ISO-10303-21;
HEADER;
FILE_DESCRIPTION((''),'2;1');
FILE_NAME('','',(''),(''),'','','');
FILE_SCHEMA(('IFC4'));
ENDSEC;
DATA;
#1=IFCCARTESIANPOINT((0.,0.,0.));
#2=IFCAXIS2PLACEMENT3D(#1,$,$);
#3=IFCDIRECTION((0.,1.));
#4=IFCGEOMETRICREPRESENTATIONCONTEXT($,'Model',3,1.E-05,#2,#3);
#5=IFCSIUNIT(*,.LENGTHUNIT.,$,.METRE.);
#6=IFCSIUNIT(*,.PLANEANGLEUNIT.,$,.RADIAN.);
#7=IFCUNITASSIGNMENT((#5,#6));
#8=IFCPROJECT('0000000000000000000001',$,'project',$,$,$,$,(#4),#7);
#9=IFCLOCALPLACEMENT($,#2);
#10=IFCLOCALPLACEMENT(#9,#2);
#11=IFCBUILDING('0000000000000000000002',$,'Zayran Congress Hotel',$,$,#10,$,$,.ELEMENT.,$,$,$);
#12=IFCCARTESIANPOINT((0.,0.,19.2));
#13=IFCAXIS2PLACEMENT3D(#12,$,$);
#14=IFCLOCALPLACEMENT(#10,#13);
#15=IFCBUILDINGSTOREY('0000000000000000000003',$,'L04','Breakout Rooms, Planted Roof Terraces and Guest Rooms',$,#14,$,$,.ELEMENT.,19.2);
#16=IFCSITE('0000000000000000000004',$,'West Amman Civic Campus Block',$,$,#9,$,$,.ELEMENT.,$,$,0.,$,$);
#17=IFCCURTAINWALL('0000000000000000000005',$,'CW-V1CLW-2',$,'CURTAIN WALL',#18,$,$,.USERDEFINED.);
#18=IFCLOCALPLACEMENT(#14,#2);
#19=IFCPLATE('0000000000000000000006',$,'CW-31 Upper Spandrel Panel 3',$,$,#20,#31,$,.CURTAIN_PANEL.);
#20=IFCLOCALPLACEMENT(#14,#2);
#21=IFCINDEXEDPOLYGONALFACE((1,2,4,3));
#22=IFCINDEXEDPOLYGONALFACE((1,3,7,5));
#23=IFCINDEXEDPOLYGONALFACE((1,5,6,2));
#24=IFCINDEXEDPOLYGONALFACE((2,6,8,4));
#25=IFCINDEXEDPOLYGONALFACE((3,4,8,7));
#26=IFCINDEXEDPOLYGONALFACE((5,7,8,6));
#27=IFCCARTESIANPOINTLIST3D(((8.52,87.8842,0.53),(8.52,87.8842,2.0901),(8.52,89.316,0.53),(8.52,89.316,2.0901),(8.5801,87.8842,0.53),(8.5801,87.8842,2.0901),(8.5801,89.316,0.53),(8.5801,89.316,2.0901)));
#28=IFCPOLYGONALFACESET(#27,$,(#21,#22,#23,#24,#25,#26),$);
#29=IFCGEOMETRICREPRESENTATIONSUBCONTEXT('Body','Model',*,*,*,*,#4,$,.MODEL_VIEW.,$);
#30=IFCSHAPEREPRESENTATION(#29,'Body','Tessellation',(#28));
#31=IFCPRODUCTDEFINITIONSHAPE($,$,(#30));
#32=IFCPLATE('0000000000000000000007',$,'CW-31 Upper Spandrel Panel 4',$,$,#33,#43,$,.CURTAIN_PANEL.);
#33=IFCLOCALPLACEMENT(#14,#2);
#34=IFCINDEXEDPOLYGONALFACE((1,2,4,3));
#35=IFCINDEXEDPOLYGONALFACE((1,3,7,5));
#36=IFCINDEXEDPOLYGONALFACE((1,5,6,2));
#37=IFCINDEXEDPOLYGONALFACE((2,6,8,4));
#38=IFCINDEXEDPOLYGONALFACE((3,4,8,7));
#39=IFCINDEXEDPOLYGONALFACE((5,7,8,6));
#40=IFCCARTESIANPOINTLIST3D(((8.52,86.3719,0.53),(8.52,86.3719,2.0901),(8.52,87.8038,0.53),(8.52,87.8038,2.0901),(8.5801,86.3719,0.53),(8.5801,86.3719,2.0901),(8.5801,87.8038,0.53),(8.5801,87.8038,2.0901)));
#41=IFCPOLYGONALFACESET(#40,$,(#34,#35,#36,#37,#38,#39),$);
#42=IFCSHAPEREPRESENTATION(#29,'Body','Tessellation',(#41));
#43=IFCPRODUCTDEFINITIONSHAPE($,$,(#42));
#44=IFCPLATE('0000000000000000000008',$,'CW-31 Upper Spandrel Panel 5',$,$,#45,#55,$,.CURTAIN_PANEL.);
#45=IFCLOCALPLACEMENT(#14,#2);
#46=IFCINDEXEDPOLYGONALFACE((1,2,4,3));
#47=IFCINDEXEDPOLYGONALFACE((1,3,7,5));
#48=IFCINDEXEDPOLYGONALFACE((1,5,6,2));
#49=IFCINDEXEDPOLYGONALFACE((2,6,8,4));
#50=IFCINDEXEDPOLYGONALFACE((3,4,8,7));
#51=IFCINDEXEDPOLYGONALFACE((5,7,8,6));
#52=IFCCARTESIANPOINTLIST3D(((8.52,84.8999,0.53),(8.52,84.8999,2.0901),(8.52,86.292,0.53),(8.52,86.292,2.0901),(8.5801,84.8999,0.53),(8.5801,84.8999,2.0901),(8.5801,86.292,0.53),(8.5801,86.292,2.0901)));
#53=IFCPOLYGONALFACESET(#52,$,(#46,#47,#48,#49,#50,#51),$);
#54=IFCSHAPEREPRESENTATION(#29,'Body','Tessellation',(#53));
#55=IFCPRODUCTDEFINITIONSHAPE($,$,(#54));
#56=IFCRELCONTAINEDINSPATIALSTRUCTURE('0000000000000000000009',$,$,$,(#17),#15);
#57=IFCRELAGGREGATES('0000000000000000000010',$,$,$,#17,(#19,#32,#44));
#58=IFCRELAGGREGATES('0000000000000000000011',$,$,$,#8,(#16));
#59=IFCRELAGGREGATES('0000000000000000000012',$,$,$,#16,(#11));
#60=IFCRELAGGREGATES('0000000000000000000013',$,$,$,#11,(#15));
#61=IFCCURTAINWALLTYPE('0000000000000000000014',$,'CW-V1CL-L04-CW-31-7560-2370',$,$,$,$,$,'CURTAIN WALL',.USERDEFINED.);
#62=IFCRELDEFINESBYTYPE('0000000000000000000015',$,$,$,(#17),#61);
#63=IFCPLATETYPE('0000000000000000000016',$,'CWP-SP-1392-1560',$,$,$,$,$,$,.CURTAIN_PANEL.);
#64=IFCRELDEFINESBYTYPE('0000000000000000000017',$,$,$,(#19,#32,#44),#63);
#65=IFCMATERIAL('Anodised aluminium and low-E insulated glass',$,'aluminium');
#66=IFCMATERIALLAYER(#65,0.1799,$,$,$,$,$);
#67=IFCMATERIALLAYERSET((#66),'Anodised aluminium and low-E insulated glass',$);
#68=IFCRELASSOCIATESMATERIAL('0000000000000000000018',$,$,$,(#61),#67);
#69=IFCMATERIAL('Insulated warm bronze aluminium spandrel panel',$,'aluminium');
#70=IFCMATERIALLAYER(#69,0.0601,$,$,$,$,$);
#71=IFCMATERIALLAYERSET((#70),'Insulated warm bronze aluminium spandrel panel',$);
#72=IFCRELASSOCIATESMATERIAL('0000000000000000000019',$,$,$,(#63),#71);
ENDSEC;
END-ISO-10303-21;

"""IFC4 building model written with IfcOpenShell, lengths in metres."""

from ifc_helpers import new_model, si_unit, direction, frame, origin, origin_2d, place, context, subcontext, project, spatial, rectangle, extrude, material, layer, layer_set, type_object, element, aggregate, save


model = new_model("IFC4")

# Units and contexts
model_context = context("Model", 3, precision=1e-05, world=origin(), true_north=direction((0.0, 1.0)))
body_context = subcontext(model_context, "Body", "Model", "MODEL_VIEW")
ifc_project = project(units=[si_unit("LENGTHUNIT", "METRE"), si_unit("PLANEANGLEUNIT", "RADIAN")], contexts=[model_context])

# Site, building, storey
site_placement = place(None, origin())
site = spatial("IfcSite", under=ifc_project, at=site_placement, Name="West Amman Civic Campus Block", CompositionType="ELEMENT", RefElevation=0.0)
building_placement = place(site_placement, origin())
building = spatial("IfcBuilding", under=site, at=building_placement, Name="Zayran Congress Hotel", CompositionType="ELEMENT")
storey_placement = place(building_placement, frame((0.0, 0.0, 19.2)))
storey = spatial("IfcBuildingStorey", under=building, at=storey_placement, Name="L04", Description="Breakout Rooms, Planted Roof Terraces and Guest Rooms", CompositionType="ELEMENT", Elevation=19.2)

# Curtain wall
ifc_material_1 = material(Name="Anodised aluminium and low-E insulated glass", Category="aluminium")
ifc_layer_1 = layer(ifc_material_1, 0.1799)
ifc_layer_set_1 = layer_set([ifc_layer_1], Name="Anodised aluminium and low-E insulated glass")
curtain_wall_type = type_object("IfcCurtainWallType", Name="CW-V1CL-L04-CW-31-7560-2370", ElementType="CURTAIN WALL", PredefinedType="USERDEFINED", material=ifc_layer_set_1)
curtain_wall_placement = place(storey_placement, origin())
curtain_wall = element("IfcCurtainWall", 1, at=curtain_wall_placement, inside=storey, type_object=curtain_wall_type, Name="CW-V1CLW-2", ObjectType="CURTAIN WALL", PredefinedType="USERDEFINED")

# Plates
ifc_material_2 = material(Name="Insulated warm bronze aluminium spandrel panel", Category="aluminium")
ifc_layer_2 = layer(ifc_material_2, 0.0601)
ifc_layer_set_2 = layer_set([ifc_layer_2], Name="Insulated warm bronze aluminium spandrel panel")
plate_type_1 = type_object("IfcPlateType", Name="CWP-SP-1392-1560", PredefinedType="CURTAIN_PANEL", material=ifc_layer_set_2)
plate_1_placement = place(storey_placement, frame((8.55, 88.6001, 0.53), z_axis=(0.0, 0.0, 1.0), x_axis=(0.0, 1.0, 0.0)))
plate_1 = element("IfcPlate", 2, at=plate_1_placement, type_object=plate_type_1, Name="CW-31 Upper Spandrel Panel 3", PredefinedType="CURTAIN_PANEL", context=body_context, shape_type="SweptSolid", body=[
    extrude(rectangle(XDim=1.4319, YDim=0.0601, at=origin_2d()), origin(), (0.0, 0.0, 1.0), 1.5601),
])
plate_2_placement = place(storey_placement, frame((8.55, 87.0879, 0.53), z_axis=(0.0, 0.0, 1.0), x_axis=(0.0, 1.0, 0.0)))
plate_2 = element("IfcPlate", 3, at=plate_2_placement, type_object=plate_type_1, Name="CW-31 Upper Spandrel Panel 4", PredefinedType="CURTAIN_PANEL", context=body_context, shape_type="SweptSolid", body=[
    extrude(rectangle(XDim=1.4319, YDim=0.0601, at=origin_2d()), origin(), (0.0, 0.0, 1.0), 1.5601),
])
plate_3_placement = place(storey_placement, frame((8.55, 85.5959, 0.53), z_axis=(0.0, 0.0, 1.0), x_axis=(0.0, 1.0, 0.0)))
plate_3 = element("IfcPlate", 4, at=plate_3_placement, type_object=plate_type_1, Name="CW-31 Upper Spandrel Panel 5", PredefinedType="CURTAIN_PANEL", context=body_context, shape_type="SweptSolid", body=[
    extrude(rectangle(XDim=1.3921, YDim=0.0601, at=origin_2d()), origin(), (0.0, 0.0, 1.0), 1.5601),
])
aggregate(curtain_wall, [plate_1, plate_2, plate_3])

save(model, "model.ifc")
